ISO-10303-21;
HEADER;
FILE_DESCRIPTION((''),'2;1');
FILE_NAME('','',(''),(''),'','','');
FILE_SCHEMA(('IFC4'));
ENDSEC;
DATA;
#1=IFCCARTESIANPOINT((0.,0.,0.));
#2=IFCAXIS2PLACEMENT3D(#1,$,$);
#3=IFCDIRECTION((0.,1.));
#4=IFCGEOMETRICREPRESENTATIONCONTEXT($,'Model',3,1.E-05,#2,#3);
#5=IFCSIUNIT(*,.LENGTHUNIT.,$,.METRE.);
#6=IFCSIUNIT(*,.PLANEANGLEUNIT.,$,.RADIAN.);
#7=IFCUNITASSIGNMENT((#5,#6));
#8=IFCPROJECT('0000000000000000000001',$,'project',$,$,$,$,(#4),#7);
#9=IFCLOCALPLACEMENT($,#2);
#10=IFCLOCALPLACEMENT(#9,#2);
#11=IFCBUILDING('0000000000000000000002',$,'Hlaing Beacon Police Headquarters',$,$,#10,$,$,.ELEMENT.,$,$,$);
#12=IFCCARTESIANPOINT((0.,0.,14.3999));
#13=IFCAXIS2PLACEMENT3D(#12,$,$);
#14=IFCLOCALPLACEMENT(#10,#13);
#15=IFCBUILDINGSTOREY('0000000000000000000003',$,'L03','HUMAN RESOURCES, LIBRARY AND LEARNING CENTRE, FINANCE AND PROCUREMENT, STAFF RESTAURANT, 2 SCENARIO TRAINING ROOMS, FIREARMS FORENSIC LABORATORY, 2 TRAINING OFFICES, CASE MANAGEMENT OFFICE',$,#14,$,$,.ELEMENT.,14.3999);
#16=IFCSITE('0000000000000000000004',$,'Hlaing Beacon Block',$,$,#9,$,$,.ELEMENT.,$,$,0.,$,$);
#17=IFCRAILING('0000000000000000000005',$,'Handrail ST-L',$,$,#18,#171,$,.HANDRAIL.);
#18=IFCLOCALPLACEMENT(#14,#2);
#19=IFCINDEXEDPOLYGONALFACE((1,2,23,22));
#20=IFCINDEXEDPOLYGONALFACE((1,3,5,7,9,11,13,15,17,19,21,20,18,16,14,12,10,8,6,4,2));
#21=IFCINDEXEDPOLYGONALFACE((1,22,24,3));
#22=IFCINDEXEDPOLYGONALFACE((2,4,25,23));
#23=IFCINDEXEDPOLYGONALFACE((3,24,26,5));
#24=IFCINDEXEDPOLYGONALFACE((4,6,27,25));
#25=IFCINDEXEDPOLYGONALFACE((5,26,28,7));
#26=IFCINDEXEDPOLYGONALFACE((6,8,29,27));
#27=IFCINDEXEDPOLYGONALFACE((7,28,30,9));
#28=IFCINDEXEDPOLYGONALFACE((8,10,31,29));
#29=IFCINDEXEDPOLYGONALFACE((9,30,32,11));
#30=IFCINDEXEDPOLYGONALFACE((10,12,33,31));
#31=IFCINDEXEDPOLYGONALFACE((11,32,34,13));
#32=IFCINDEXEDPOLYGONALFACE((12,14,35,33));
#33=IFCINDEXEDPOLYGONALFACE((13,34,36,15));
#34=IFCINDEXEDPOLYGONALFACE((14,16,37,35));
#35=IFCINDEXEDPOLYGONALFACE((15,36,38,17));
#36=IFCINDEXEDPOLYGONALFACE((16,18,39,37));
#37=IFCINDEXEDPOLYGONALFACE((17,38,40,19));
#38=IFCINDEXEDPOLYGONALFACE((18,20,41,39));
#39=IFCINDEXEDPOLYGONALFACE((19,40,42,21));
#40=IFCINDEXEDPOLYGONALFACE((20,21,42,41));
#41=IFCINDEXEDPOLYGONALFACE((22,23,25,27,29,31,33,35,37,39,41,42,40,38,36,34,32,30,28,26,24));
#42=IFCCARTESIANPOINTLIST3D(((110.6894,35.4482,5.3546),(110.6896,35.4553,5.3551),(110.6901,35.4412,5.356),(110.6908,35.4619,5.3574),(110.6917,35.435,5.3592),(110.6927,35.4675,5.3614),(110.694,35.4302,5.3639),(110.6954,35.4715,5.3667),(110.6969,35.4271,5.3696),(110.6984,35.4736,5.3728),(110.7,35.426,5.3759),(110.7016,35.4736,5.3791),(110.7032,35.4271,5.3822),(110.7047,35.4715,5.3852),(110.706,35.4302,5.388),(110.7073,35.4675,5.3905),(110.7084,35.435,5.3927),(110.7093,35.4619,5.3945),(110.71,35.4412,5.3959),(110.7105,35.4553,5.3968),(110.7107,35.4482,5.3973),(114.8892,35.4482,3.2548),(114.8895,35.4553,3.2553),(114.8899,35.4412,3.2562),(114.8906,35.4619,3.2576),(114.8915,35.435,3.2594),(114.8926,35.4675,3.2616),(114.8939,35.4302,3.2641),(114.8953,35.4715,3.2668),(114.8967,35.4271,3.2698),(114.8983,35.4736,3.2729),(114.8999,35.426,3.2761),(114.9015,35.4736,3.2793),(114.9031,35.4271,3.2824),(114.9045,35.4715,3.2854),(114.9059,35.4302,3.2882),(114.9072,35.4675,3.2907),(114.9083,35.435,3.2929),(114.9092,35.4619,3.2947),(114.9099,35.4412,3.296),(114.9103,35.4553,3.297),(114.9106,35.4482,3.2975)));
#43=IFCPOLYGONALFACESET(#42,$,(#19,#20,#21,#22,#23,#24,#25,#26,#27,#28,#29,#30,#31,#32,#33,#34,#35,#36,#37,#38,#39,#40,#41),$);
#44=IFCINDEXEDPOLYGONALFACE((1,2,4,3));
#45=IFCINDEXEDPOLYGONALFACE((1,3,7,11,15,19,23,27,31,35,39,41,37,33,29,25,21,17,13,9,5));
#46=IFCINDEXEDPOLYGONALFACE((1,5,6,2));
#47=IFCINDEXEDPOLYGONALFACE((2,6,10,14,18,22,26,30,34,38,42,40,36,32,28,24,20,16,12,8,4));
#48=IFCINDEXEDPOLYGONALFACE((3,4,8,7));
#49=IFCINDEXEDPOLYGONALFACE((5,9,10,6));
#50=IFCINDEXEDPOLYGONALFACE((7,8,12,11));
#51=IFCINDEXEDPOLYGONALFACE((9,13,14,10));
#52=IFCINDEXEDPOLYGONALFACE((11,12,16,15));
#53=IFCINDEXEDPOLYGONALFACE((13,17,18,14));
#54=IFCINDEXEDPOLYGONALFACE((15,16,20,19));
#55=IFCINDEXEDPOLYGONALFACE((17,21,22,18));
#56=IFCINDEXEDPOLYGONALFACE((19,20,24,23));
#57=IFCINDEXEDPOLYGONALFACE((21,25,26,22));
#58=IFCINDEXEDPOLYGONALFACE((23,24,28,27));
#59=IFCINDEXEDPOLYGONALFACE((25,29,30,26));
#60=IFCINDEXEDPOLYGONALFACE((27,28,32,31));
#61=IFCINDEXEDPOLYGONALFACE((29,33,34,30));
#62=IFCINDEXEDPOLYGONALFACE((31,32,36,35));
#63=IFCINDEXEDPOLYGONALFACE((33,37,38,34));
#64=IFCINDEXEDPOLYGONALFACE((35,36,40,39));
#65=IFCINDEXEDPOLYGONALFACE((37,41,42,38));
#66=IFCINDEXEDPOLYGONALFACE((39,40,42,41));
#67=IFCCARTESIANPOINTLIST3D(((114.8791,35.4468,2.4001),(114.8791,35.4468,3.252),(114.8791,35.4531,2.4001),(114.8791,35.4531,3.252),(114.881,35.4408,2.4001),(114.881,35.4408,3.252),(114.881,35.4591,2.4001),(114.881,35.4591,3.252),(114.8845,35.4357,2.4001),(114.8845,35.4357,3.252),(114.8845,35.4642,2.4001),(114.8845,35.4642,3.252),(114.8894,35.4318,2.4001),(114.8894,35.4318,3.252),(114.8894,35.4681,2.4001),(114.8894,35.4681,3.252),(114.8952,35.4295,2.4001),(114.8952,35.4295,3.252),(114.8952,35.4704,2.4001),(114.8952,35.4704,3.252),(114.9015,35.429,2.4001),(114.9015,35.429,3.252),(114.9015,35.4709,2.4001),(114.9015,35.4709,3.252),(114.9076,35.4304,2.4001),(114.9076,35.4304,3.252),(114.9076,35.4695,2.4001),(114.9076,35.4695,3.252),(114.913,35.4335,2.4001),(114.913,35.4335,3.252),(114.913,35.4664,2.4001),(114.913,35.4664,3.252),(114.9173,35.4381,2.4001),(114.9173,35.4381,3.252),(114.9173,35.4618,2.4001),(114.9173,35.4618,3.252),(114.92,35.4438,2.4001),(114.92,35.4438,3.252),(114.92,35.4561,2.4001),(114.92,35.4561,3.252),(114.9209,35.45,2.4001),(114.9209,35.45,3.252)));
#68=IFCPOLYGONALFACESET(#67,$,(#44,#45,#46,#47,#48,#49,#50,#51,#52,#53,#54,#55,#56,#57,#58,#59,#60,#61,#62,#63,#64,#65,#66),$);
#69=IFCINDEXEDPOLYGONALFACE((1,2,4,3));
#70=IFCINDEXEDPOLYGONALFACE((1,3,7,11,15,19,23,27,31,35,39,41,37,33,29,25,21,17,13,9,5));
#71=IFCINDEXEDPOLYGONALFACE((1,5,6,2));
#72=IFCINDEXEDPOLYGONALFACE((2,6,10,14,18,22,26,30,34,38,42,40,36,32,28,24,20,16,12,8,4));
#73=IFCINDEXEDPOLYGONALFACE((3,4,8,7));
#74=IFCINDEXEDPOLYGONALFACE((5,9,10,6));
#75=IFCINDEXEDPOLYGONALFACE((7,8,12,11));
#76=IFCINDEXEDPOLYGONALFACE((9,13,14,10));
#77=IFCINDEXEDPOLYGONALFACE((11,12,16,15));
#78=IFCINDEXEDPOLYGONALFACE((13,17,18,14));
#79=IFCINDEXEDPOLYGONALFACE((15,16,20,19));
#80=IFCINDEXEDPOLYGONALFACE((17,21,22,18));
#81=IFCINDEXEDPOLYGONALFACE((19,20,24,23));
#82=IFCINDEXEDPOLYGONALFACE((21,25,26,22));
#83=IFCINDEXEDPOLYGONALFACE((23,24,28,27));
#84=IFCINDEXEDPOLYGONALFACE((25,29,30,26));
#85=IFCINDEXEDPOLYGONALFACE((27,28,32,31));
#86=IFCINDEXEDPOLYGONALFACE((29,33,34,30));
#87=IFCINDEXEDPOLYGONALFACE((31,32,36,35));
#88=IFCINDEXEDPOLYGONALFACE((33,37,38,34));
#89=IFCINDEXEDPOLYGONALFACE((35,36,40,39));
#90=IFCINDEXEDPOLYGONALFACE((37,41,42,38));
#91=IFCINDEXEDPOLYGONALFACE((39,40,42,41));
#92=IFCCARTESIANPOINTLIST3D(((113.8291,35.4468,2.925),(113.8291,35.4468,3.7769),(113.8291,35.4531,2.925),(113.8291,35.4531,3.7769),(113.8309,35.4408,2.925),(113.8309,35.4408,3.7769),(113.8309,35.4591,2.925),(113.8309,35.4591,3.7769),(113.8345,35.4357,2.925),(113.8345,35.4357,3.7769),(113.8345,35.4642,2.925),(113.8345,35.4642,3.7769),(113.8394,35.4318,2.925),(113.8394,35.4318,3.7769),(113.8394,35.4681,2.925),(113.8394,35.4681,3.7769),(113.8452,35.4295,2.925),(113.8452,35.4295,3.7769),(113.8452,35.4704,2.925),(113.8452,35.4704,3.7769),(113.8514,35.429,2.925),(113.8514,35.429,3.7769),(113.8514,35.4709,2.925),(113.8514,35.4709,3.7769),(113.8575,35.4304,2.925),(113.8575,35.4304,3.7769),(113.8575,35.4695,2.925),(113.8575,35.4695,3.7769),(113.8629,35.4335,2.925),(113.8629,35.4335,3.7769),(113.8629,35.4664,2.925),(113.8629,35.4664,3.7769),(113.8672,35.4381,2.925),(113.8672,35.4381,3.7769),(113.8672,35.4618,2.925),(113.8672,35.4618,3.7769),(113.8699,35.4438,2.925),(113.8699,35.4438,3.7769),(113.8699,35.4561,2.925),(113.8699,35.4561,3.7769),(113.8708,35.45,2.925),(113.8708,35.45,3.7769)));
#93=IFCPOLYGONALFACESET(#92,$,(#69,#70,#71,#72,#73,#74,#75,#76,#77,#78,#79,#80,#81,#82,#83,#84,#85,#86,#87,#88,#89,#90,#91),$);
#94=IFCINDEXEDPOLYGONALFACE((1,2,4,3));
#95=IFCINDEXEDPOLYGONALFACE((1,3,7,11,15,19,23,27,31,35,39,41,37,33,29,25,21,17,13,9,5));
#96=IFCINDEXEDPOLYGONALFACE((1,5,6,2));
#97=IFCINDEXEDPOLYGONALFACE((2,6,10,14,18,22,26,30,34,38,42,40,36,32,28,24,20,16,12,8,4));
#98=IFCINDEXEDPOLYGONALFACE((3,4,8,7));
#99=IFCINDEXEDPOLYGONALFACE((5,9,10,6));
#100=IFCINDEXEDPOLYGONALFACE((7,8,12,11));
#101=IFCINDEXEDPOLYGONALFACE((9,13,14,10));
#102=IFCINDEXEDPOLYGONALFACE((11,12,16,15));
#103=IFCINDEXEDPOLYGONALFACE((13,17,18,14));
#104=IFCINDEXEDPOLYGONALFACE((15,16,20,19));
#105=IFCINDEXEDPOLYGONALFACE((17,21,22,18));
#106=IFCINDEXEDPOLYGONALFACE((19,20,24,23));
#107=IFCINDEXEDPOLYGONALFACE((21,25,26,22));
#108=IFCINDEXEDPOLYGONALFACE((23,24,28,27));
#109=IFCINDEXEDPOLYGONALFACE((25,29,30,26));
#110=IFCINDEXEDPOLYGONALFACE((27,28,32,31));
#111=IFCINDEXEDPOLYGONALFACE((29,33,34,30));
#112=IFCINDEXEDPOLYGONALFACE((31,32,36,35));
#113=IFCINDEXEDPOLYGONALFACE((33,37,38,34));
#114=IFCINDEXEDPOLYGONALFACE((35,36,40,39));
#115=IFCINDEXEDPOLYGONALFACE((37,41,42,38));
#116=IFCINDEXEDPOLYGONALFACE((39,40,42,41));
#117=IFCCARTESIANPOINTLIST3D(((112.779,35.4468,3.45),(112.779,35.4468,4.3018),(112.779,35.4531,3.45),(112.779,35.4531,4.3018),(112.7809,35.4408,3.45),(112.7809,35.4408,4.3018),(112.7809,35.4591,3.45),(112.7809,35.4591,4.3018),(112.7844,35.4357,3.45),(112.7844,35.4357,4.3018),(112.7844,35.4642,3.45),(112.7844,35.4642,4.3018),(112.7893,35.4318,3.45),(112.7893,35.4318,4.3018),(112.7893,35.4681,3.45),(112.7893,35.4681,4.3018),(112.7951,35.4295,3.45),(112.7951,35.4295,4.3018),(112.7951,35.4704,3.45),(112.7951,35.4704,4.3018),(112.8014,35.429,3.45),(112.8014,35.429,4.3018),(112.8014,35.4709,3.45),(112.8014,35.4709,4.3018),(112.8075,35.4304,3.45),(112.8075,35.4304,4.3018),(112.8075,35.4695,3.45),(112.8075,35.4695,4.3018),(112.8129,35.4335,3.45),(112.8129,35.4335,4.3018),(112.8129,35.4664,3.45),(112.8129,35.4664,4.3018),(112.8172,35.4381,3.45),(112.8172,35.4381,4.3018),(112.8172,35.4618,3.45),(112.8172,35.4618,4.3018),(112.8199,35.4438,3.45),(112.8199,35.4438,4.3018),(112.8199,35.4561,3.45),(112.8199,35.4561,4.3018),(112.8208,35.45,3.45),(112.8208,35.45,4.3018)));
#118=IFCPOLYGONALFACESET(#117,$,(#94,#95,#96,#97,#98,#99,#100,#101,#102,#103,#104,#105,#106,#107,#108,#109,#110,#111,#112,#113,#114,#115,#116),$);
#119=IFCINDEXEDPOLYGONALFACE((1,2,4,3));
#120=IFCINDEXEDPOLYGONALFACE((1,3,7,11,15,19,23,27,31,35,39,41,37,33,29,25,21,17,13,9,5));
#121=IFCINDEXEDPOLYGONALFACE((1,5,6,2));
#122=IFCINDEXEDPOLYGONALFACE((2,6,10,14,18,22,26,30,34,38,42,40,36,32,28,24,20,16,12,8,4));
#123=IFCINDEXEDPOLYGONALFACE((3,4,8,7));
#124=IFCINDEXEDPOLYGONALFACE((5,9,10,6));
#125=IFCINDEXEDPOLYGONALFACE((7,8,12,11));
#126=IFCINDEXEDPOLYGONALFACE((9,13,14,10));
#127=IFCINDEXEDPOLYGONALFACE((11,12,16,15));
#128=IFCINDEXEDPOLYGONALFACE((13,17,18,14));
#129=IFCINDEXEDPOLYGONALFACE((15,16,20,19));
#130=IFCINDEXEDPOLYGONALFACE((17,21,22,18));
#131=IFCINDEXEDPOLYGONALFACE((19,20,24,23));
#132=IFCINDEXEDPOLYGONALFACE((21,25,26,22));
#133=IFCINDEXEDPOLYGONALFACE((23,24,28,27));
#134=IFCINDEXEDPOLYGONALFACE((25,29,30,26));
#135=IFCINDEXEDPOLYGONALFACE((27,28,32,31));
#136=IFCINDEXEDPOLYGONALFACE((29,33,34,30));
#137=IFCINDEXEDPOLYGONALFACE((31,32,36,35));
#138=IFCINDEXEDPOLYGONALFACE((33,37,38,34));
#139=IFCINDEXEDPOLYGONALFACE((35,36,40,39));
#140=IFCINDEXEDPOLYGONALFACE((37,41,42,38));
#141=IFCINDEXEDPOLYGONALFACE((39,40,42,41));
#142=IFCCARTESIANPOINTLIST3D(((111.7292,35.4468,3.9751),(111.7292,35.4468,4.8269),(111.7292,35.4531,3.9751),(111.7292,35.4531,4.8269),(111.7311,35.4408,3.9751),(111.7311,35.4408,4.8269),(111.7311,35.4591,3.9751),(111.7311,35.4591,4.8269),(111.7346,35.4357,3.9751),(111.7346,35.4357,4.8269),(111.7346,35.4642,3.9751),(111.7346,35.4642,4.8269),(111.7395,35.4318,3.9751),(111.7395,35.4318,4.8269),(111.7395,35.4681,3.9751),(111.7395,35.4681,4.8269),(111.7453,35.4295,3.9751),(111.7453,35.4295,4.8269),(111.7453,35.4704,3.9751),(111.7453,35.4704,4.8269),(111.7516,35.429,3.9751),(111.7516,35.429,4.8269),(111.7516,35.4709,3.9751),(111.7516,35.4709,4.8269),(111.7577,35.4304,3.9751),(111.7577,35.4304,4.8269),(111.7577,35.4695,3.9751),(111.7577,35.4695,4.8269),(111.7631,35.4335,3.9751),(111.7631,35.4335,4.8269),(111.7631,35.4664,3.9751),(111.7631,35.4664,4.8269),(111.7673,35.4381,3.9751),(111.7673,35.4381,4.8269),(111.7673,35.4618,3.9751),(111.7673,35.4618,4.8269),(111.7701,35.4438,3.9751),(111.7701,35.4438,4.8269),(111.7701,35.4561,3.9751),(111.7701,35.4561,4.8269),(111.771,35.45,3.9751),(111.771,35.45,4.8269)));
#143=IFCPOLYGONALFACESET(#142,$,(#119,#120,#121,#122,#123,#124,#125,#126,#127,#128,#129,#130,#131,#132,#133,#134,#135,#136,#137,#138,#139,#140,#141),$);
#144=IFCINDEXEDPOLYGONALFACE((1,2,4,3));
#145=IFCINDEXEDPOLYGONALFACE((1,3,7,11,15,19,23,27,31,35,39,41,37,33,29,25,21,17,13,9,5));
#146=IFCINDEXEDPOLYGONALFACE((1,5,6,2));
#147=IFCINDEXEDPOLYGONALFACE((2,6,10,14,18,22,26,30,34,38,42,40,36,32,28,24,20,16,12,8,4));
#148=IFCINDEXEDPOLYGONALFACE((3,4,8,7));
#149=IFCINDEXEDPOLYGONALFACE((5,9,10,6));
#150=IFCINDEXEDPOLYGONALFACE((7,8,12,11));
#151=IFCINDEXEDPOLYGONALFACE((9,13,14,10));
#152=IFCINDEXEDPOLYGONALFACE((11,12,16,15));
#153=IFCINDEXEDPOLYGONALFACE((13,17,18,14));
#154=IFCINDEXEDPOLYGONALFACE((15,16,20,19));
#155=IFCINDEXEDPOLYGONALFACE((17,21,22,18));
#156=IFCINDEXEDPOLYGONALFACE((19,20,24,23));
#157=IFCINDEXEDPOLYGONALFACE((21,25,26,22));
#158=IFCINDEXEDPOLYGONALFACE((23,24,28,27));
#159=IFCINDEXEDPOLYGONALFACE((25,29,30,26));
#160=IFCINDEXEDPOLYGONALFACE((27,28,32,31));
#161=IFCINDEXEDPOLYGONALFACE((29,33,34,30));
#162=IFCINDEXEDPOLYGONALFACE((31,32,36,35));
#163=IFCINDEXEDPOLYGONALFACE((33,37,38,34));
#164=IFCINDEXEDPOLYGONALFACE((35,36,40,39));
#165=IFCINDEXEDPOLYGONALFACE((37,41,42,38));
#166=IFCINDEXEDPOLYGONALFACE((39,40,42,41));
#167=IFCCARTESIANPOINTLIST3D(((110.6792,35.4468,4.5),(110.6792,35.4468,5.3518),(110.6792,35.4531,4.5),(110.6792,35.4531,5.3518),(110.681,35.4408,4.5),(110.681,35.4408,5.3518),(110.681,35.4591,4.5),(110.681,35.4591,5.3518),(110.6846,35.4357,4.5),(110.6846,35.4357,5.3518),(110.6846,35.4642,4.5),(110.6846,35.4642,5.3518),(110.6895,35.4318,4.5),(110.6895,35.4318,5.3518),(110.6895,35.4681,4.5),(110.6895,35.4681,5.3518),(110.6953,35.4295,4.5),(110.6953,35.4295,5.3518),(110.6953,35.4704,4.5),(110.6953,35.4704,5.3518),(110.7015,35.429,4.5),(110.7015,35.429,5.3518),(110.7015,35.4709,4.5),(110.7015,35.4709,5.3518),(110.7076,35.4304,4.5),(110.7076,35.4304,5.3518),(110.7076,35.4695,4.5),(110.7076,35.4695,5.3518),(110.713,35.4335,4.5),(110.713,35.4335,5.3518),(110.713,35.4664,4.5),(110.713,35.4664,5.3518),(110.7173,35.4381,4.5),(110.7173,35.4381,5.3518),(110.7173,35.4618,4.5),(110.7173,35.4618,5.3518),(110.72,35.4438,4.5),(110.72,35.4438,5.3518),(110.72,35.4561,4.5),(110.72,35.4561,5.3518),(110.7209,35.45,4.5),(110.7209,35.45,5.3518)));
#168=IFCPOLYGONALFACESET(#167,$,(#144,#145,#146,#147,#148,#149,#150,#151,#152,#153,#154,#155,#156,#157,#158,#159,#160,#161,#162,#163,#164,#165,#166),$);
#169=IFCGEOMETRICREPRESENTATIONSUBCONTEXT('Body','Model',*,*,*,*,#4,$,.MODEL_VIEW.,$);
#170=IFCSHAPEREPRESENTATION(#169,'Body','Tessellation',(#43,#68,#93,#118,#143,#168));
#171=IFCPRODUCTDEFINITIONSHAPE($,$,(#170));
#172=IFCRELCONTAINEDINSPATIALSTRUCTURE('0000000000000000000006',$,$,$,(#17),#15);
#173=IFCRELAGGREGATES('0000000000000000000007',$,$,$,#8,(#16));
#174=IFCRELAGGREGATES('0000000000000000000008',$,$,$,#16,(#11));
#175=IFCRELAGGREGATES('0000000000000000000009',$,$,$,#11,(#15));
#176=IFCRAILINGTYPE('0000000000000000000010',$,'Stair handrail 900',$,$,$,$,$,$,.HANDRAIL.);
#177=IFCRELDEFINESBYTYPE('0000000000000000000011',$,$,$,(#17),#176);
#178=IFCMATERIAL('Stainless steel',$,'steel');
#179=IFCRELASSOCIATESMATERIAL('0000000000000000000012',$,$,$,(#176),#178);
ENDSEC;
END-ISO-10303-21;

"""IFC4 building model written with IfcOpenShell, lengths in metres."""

from ifc_helpers import new_model, si_unit, direction, frame, origin, origin_2d, place, context, subcontext, project, spatial, circle, extrude, material, type_object, element, save


model = new_model("IFC4")

# Units and contexts
model_context = context("Model", 3, precision=1e-05, world=origin(), true_north=direction((0.0, 1.0)))
body_context = subcontext(model_context, "Body", "Model", "MODEL_VIEW")
ifc_project = project(units=[si_unit("LENGTHUNIT", "METRE"), si_unit("PLANEANGLEUNIT", "RADIAN")], contexts=[model_context])

# Site, building, storey
site_placement = place(None, origin())
site = spatial("IfcSite", under=ifc_project, at=site_placement, Name="Hlaing Beacon Block", CompositionType="ELEMENT", RefElevation=0.0)
building_placement = place(site_placement, origin())
building = spatial("IfcBuilding", under=site, at=building_placement, Name="Hlaing Beacon Police Headquarters", CompositionType="ELEMENT")
storey_placement = place(building_placement, frame((0.0, 0.0, 14.3999)))
storey = spatial("IfcBuildingStorey", under=building, at=storey_placement, Name="L03", Description="HUMAN RESOURCES, LIBRARY AND LEARNING CENTRE, FINANCE AND PROCUREMENT, STAFF RESTAURANT, 2 SCENARIO TRAINING ROOMS, FIREARMS FORENSIC LABORATORY, 2 TRAINING OFFICES, CASE MANAGEMENT OFFICE", CompositionType="ELEMENT", Elevation=14.3999)

# Railing
ifc_material_1 = material(Name="Stainless steel", Category="steel")
railing_type_1 = type_object("IfcRailingType", Name="Stair handrail 900", PredefinedType="HANDRAIL", material=ifc_material_1)
for number, where, name in (
    (1, (114.8999, 35.45, 2.4001), "Handrail ST-L"),
):
    element("IfcRailing", number, at=place(storey_placement, frame(where)), inside=storey, type_object=railing_type_1, Name=name, PredefinedType="HANDRAIL", context=body_context, shape_type="SweptSolid", body=[
        extrude(circle(Radius=0.0239, at=origin_2d()), frame((0.0, 0.0, 0.876), z_axis=(-0.894438, 0.0, 0.447193), x_axis=(0.0, -1.0, 0.0)), (0.0, 0.0, 1.0), 4.6956),
        extrude(circle(Radius=0.021, at=origin_2d()), origin(), (0.0, 0.0, 1.0), 0.8518),
        extrude(circle(Radius=0.021, at=origin_2d()), frame((-1.05, 0.0, 0.5249)), (0.0, 0.0, 1.0), 0.8518),
        extrude(circle(Radius=0.021, at=origin_2d()), frame((-2.1001, 0.0, 1.0498)), (0.0, 0.0, 1.0), 0.8518),
        extrude(circle(Radius=0.021, at=origin_2d()), frame((-3.1499, 0.0, 1.575)), (0.0, 0.0, 1.0), 0.8518),
        extrude(circle(Radius=0.021, at=origin_2d()), frame((-4.2, 0.0, 2.0999)), (0.0, 0.0, 1.0), 0.8518),
    ])

save(model, "model.ifc")
